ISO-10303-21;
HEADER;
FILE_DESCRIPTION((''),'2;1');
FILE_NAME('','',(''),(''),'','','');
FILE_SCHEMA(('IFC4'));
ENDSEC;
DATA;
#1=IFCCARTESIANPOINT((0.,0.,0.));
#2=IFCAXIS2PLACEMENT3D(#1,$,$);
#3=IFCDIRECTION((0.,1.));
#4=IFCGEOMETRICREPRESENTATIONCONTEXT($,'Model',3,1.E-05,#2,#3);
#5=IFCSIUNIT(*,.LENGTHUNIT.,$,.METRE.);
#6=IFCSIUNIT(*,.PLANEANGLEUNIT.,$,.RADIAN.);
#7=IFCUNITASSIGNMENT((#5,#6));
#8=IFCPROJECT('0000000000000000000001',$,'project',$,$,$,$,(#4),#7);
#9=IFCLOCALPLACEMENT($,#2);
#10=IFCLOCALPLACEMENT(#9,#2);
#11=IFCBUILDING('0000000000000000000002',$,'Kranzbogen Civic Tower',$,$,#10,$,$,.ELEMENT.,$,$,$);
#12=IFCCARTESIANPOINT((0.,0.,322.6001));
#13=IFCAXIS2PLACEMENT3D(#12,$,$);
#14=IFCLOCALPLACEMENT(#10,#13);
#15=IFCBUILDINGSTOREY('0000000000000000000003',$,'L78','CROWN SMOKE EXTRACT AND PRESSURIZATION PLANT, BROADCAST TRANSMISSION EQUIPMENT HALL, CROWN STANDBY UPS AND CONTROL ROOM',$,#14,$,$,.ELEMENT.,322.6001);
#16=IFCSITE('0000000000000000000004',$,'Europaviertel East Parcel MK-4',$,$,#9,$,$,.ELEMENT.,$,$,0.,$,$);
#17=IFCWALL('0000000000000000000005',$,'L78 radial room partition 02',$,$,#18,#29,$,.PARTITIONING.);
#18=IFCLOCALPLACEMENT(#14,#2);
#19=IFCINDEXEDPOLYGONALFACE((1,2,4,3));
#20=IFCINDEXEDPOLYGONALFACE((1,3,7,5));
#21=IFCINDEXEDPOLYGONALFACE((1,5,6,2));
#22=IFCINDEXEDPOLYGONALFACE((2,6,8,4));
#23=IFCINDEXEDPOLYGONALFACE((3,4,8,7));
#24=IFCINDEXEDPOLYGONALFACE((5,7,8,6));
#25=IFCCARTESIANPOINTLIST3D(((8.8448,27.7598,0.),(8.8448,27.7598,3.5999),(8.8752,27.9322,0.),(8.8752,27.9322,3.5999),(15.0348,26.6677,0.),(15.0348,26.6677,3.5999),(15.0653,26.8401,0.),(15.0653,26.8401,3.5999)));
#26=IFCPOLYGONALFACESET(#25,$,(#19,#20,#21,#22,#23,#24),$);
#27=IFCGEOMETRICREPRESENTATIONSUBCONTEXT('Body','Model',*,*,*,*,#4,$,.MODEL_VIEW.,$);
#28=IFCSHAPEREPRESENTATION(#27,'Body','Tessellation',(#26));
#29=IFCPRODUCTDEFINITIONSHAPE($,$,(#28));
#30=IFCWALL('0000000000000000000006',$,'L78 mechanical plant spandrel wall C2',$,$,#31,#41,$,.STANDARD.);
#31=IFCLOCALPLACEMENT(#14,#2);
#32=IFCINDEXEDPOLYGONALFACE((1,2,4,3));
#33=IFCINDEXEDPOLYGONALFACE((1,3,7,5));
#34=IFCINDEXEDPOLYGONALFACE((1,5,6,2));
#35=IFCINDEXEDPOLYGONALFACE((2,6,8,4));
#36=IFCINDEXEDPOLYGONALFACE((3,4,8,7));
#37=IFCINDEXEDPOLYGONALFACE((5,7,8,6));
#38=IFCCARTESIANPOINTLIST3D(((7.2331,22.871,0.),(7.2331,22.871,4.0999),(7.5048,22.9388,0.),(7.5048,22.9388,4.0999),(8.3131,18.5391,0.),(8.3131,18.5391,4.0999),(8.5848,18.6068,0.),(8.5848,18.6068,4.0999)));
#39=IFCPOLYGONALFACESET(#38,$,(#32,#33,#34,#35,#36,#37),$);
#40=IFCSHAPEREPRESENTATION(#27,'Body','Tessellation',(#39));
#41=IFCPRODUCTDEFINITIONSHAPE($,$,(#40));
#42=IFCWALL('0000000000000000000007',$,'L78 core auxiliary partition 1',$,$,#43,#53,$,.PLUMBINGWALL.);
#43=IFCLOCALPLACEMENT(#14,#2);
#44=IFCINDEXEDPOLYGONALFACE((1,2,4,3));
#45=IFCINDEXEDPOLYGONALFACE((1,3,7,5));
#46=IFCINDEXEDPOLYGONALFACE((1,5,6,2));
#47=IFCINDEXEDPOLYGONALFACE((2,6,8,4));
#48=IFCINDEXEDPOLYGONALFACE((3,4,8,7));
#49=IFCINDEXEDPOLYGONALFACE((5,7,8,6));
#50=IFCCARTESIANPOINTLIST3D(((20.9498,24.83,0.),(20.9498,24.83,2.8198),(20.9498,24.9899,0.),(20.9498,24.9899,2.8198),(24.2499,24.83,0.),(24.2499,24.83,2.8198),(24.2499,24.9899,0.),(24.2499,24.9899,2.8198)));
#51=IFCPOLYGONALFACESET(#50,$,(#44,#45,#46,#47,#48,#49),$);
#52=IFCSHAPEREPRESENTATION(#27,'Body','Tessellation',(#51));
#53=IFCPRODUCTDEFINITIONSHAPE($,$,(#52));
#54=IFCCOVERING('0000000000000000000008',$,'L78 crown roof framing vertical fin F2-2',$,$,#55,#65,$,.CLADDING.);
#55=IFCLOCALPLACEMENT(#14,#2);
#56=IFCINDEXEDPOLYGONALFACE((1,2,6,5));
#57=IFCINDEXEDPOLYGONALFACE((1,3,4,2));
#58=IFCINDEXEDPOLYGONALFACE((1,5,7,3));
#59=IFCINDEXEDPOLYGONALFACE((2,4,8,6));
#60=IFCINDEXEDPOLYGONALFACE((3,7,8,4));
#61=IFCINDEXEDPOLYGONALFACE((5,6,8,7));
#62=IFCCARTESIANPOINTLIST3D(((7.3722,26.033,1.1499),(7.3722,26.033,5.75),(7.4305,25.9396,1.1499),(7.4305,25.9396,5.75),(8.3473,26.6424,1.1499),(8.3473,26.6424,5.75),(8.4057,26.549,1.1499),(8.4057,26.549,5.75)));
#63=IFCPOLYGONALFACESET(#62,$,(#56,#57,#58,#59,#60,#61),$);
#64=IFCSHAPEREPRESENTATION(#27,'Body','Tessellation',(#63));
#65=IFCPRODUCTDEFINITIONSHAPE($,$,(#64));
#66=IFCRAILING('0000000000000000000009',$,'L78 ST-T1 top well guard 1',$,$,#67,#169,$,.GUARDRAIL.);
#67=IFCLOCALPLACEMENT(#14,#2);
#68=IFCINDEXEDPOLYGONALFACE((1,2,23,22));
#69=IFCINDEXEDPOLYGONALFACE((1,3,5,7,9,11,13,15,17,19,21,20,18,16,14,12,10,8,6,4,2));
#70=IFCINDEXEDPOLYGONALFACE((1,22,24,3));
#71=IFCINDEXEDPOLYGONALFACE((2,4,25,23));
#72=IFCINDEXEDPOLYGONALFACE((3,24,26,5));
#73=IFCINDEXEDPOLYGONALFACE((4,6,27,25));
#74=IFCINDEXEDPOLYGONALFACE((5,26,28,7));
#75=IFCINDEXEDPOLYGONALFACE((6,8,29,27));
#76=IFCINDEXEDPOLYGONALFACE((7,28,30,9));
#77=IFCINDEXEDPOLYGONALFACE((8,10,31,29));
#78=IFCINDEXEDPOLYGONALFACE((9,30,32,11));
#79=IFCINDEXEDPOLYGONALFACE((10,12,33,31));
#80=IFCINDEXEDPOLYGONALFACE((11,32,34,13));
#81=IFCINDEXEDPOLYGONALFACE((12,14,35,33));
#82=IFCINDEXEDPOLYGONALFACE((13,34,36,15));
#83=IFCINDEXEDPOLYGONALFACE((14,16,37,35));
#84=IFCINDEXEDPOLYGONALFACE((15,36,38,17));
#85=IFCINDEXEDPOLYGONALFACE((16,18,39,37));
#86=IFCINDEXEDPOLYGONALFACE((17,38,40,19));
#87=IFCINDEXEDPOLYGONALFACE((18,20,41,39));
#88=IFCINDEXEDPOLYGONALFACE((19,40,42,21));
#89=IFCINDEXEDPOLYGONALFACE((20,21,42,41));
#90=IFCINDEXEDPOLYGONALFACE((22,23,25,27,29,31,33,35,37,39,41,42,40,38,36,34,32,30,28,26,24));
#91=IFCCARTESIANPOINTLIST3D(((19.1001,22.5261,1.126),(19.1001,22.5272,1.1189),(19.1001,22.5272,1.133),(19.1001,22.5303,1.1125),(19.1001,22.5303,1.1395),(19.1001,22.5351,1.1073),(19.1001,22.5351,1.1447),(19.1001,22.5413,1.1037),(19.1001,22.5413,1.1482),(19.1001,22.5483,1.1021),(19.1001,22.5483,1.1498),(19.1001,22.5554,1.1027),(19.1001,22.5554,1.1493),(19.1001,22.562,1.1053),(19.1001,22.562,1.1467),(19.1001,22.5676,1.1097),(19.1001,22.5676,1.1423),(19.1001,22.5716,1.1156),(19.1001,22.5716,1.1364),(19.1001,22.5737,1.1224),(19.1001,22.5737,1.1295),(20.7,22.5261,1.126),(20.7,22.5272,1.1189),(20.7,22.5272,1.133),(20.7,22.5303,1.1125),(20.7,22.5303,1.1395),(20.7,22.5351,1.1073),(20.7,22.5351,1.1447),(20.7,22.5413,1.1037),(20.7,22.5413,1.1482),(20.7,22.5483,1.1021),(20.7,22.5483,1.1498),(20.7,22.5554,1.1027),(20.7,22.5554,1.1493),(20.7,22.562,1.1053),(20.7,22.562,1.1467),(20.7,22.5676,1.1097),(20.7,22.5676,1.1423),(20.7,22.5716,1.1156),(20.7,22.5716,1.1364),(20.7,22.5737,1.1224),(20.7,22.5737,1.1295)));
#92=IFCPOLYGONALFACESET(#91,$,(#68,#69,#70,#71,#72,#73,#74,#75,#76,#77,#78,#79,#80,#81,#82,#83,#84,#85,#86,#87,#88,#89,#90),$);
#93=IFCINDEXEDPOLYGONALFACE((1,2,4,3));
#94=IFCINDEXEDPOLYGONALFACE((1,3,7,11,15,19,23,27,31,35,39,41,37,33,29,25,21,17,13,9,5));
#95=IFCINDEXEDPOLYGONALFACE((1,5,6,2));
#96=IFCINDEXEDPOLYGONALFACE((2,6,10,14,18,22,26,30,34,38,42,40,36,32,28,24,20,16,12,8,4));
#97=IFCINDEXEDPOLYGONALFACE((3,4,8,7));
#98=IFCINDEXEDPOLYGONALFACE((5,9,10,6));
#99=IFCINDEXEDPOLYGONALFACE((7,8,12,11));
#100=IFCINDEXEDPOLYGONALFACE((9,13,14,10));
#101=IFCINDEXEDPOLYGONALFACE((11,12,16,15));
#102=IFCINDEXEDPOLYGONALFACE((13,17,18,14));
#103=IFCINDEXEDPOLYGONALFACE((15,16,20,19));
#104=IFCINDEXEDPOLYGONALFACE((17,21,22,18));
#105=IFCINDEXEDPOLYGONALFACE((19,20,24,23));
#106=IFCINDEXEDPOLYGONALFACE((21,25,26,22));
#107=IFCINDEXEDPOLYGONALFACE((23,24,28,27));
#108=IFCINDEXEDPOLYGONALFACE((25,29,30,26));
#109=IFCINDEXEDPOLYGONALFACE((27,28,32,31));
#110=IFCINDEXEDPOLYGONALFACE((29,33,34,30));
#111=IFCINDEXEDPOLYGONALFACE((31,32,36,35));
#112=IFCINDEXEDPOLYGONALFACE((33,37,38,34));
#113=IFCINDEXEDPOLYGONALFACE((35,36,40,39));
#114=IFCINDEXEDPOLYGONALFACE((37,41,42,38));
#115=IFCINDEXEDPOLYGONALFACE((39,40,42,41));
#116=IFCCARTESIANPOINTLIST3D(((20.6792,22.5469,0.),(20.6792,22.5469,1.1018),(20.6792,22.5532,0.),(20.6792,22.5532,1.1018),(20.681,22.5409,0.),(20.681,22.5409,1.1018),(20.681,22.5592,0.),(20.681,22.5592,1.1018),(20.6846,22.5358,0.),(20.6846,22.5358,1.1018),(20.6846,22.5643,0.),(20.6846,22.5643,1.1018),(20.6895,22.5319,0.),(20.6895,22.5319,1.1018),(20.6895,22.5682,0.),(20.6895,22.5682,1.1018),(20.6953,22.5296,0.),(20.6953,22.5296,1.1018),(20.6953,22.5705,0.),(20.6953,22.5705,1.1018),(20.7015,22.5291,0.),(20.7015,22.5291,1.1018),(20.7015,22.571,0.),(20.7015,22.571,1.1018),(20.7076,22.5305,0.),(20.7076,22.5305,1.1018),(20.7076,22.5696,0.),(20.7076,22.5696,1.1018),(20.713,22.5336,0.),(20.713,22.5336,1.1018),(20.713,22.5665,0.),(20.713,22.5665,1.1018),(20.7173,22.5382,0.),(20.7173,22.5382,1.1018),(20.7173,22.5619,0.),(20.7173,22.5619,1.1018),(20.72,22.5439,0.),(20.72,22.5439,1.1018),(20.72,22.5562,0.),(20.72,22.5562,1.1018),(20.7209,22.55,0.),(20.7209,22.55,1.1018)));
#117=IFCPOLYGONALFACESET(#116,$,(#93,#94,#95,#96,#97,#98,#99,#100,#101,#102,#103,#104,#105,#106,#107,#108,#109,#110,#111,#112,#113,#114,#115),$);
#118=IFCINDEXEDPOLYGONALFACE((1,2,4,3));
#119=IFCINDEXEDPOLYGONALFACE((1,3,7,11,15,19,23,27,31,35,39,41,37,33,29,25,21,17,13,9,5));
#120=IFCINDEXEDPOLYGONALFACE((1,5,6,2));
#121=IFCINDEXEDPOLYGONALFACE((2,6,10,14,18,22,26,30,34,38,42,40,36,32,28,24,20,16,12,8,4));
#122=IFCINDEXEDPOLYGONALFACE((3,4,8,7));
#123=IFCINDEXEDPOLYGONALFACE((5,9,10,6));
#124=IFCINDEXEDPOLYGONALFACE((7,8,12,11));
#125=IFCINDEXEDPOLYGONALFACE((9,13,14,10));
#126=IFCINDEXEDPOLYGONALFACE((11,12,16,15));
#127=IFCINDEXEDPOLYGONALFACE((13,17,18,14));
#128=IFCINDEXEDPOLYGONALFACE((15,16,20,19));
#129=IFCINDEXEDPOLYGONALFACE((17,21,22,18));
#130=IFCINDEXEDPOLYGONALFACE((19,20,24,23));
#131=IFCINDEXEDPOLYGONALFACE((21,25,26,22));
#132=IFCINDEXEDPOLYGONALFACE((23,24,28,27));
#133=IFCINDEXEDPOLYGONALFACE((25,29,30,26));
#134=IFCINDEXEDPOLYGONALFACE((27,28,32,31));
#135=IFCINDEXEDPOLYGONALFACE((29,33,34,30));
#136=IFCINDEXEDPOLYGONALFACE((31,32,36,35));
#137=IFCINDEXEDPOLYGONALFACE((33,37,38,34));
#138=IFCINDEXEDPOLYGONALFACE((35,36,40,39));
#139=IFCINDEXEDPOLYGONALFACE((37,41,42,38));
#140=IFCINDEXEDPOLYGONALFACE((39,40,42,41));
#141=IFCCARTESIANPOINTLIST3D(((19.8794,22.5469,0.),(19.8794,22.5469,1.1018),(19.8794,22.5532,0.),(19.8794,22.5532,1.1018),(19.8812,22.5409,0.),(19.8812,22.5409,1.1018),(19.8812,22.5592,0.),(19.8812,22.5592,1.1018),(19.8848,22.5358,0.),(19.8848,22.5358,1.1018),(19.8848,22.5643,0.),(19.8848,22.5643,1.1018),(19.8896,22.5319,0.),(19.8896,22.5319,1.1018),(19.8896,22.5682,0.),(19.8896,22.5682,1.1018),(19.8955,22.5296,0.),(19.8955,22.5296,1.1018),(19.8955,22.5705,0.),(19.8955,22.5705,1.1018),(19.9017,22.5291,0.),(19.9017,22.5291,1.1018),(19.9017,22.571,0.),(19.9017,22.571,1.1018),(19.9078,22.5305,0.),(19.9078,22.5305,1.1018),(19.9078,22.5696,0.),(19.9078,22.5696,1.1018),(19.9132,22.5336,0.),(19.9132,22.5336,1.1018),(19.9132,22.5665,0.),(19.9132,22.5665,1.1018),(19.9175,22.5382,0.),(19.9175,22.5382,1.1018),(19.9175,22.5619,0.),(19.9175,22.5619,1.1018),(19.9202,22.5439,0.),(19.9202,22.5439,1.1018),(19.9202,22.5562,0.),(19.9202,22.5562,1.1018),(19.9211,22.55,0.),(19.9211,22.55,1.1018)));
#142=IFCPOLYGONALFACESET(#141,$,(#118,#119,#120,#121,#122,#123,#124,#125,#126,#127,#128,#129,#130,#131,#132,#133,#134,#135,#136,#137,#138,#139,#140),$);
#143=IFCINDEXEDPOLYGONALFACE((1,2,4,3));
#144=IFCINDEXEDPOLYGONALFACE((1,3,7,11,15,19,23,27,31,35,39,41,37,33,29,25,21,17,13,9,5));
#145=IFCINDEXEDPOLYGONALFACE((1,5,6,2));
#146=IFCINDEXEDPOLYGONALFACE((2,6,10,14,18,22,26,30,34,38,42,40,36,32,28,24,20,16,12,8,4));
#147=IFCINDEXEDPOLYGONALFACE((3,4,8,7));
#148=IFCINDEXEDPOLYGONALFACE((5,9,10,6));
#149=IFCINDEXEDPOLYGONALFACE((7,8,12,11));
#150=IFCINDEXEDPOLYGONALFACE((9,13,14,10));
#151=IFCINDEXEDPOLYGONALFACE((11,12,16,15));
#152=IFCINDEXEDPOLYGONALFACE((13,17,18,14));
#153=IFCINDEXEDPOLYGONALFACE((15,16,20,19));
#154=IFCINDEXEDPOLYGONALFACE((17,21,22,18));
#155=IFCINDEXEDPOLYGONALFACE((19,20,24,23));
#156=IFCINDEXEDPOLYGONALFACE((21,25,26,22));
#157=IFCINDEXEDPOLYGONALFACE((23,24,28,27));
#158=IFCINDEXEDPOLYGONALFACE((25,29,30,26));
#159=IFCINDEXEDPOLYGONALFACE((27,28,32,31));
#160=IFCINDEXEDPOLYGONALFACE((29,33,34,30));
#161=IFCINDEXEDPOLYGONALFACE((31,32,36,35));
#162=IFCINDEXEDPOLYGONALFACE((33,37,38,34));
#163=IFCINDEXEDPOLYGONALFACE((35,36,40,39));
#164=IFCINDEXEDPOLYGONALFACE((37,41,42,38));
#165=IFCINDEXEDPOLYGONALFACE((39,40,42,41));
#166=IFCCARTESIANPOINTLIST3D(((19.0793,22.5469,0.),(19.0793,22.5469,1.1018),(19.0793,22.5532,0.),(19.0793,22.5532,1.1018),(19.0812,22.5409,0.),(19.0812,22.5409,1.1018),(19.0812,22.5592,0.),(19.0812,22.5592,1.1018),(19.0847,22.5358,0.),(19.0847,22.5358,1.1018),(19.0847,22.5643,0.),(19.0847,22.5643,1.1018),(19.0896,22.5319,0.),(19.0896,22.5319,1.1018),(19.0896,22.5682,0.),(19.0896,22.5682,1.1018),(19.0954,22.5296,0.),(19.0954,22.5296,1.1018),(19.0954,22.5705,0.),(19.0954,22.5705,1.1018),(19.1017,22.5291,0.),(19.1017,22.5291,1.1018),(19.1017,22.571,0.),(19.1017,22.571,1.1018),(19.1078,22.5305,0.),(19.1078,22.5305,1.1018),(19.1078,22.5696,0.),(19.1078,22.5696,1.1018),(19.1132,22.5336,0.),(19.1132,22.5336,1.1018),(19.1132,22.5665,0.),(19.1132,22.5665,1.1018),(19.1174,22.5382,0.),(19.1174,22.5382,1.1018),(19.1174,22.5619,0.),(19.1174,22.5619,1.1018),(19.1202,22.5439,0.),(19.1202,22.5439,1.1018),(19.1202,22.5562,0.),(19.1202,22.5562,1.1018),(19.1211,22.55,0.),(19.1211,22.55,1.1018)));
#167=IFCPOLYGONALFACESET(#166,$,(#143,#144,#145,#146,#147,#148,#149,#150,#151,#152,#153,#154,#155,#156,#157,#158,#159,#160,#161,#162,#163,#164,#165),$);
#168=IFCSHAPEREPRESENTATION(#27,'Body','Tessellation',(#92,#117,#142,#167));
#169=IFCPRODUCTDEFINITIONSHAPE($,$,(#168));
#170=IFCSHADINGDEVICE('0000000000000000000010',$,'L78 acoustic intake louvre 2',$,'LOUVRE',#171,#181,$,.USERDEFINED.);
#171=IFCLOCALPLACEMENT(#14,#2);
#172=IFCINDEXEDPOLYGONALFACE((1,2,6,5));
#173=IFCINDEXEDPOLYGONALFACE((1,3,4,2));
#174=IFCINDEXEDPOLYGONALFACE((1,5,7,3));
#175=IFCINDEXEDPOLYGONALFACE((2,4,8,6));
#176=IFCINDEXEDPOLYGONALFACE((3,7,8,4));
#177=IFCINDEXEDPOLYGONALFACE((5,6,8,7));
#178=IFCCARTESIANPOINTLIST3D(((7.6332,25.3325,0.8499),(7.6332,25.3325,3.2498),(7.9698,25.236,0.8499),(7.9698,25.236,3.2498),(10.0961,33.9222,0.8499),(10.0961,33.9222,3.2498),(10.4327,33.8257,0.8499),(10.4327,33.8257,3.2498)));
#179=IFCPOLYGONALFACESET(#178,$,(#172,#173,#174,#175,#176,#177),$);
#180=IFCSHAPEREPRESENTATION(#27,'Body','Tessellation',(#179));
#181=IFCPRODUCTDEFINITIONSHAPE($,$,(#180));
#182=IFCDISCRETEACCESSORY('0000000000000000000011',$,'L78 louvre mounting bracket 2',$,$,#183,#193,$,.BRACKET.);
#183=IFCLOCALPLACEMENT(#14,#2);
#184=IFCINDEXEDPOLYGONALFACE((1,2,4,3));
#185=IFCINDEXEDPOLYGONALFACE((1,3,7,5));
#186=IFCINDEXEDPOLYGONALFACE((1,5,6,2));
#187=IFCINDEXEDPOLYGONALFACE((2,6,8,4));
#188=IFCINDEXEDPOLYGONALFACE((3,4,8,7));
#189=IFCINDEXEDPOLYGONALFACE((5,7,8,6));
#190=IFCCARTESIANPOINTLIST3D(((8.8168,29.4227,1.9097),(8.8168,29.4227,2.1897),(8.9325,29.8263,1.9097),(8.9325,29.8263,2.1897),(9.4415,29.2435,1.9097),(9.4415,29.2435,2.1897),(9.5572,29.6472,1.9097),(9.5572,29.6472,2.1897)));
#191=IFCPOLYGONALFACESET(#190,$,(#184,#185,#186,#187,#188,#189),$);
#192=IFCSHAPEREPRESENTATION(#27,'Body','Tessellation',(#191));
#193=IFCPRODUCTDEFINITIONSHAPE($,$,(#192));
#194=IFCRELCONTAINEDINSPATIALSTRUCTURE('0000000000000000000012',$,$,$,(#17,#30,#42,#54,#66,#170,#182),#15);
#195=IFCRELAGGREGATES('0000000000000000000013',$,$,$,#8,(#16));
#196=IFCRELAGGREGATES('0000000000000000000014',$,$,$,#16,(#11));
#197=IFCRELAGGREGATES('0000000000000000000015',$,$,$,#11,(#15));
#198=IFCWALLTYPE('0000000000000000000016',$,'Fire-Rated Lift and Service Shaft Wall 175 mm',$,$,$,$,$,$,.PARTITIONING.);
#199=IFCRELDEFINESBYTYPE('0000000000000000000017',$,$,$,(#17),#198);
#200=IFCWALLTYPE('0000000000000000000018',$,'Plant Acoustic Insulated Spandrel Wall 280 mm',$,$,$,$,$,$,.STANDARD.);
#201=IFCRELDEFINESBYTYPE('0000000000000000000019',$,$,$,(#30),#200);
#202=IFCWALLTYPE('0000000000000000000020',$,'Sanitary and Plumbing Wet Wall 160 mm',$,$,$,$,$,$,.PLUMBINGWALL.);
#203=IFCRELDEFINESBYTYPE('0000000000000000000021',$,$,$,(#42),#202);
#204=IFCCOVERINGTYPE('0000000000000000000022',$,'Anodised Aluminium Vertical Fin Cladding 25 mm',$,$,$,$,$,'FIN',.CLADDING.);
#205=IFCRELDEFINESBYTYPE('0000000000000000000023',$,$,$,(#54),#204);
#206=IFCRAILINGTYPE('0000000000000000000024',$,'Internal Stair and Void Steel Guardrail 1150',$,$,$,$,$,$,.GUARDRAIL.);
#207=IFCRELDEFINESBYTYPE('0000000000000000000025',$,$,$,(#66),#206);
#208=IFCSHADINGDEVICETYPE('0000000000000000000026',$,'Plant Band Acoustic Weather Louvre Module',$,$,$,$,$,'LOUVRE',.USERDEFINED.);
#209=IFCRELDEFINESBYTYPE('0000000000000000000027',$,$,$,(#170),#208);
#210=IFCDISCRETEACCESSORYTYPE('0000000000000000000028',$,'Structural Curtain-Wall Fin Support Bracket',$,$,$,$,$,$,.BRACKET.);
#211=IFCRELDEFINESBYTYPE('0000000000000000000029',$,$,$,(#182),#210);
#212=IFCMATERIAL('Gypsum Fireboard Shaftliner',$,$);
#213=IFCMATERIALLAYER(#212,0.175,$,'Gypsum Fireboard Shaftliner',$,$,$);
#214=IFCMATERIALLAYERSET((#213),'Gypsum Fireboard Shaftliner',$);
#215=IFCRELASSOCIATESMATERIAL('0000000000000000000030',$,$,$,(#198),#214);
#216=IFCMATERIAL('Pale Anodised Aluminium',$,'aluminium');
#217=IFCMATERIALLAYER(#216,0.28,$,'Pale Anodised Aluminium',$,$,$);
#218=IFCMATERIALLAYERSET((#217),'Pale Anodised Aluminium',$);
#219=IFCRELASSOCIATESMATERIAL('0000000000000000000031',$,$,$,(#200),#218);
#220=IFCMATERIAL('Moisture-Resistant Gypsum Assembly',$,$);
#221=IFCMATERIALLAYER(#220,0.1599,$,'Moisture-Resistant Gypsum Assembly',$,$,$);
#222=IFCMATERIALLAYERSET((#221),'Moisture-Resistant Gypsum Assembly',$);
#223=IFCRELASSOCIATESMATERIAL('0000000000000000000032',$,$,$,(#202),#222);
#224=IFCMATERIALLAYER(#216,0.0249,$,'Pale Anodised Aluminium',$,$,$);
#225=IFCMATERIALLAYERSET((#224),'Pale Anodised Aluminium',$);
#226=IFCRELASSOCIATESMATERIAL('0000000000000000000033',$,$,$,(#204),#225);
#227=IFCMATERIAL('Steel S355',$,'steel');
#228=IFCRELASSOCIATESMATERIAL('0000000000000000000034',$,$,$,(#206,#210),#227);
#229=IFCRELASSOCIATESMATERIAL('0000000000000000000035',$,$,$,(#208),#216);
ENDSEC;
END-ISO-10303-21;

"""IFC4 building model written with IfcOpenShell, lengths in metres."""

from ifc_helpers import new_model, si_unit, direction, frame, frame_2d, origin, origin_2d, place, context, subcontext, project, spatial, rectangle, circle, extrude, material, layer, layer_set, type_object, element, save


model = new_model("IFC4")

# Units and contexts
model_context = context("Model", 3, precision=1e-05, world=origin(), true_north=direction((0.0, 1.0)))
body_context = subcontext(model_context, "Body", "Model", "MODEL_VIEW")
ifc_project = project(units=[si_unit("LENGTHUNIT", "METRE"), si_unit("PLANEANGLEUNIT", "RADIAN")], contexts=[model_context])

# Site, building, storey
site_placement = place(None, origin())
site = spatial("IfcSite", under=ifc_project, at=site_placement, Name="Europaviertel East Parcel MK-4", CompositionType="ELEMENT", RefElevation=0.0)
building_placement = place(site_placement, origin())
building = spatial("IfcBuilding", under=site, at=building_placement, Name="Kranzbogen Civic Tower", CompositionType="ELEMENT")
storey_placement = place(building_placement, frame((0.0, 0.0, 322.6001)))
storey = spatial("IfcBuildingStorey", under=building, at=storey_placement, Name="L78", Description="CROWN SMOKE EXTRACT AND PRESSURIZATION PLANT, BROADCAST TRANSMISSION EQUIPMENT HALL, CROWN STANDBY UPS AND CONTROL ROOM", CompositionType="ELEMENT", Elevation=322.6001)

# Shared definitions
ifc_material_1 = material(Name="Steel S355", Category="steel")

# Walls
ifc_material_2 = material(Name="Gypsum Fireboard Shaftliner")
ifc_layer_1 = layer(ifc_material_2, 0.175, Name="Gypsum Fireboard Shaftliner")
ifc_layer_set_1 = layer_set([ifc_layer_1], Name="Gypsum Fireboard Shaftliner")
wall_type_1 = type_object("IfcWallType", Name="Fire-Rated Lift and Service Shaft Wall 175 mm", PredefinedType="PARTITIONING", material=ifc_layer_set_1)
wall_1_placement = place(storey_placement, frame((15.05, 26.7539, 0.0), z_axis=(0.0, 0.0, 1.0), x_axis=(-0.984792, 0.173739, 0.0)))
element("IfcWall", 1, at=wall_1_placement, inside=storey, type_object=wall_type_1, Name="L78 radial room partition 02", PredefinedType="PARTITIONING", context=body_context, shape_type="SweptSolid", body=[
    extrude(rectangle(XDim=6.2856, YDim=0.175, at=frame_2d((3.1428, 0.0))), origin(), (0.0, 0.0, 1.0), 3.5999),
])
ifc_material_3 = material(Name="Pale Anodised Aluminium", Category="aluminium")
ifc_layer_2 = layer(ifc_material_3, 0.28, Name="Pale Anodised Aluminium")
ifc_layer_set_2 = layer_set([ifc_layer_2], Name="Pale Anodised Aluminium")
wall_type_2 = type_object("IfcWallType", Name="Plant Acoustic Insulated Spandrel Wall 280 mm", PredefinedType="STANDARD", material=ifc_layer_set_2)
wall_2_placement = place(storey_placement, frame((7.3689, 22.905, 0.0), z_axis=(0.0, 0.0, 1.0), x_axis=(0.241918, -0.970297, 0.0)))
element("IfcWall", 2, at=wall_2_placement, inside=storey, type_object=wall_type_2, Name="L78 mechanical plant spandrel wall C2", PredefinedType="STANDARD", context=body_context, shape_type="SweptSolid", body=[
    extrude(rectangle(XDim=4.4646, YDim=0.28, at=frame_2d((2.2324, 0.0))), origin(), (0.0, 0.0, 1.0), 4.0999),
])
ifc_material_4 = material(Name="Moisture-Resistant Gypsum Assembly")
ifc_layer_3 = layer(ifc_material_4, 0.1599, Name="Moisture-Resistant Gypsum Assembly")
ifc_layer_set_3 = layer_set([ifc_layer_3], Name="Moisture-Resistant Gypsum Assembly")
wall_type_3 = type_object("IfcWallType", Name="Sanitary and Plumbing Wet Wall 160 mm", PredefinedType="PLUMBINGWALL", material=ifc_layer_set_3)
wall_3_placement = place(storey_placement, frame((20.95, 24.9099, 0.0), z_axis=(0.0, 0.0, 1.0), x_axis=(1.0, 0.0, 0.0)))
element("IfcWall", 3, at=wall_3_placement, inside=storey, type_object=wall_type_3, Name="L78 core auxiliary partition 1", PredefinedType="PLUMBINGWALL", context=body_context, shape_type="SweptSolid", body=[
    extrude(rectangle(XDim=3.3, YDim=0.1599, at=frame_2d((1.6499, 0.0))), origin(), (0.0, 0.0, 1.0), 2.8198),
])

# Covering
ifc_layer_4 = layer(ifc_material_3, 0.0249, Name="Pale Anodised Aluminium")
ifc_layer_set_4 = layer_set([ifc_layer_4], Name="Pale Anodised Aluminium")
covering_type = type_object("IfcCoveringType", Name="Anodised Aluminium Vertical Fin Cladding 25 mm", ElementType="FIN", PredefinedType="CLADDING", material=ifc_layer_set_4)
covering_placement = place(storey_placement, frame((7.8889, 26.291, 1.1499), z_axis=(0.0, 0.0, 1.0), x_axis=(-0.848048, -0.529919, 0.0)))
element("IfcCovering", 4, at=covering_placement, inside=storey, type_object=covering_type, Name="L78 crown roof framing vertical fin F2-2", PredefinedType="CLADDING", context=body_context, shape_type="SweptSolid", body=[
    extrude(rectangle(XDim=1.1499, YDim=0.1101, at=origin_2d()), origin(), (0.0, 0.0, 1.0), 4.6001),
])

# Railing
railing_type = type_object("IfcRailingType", Name="Internal Stair and Void Steel Guardrail 1150", PredefinedType="GUARDRAIL", material=ifc_material_1)
railing_placement = place(storey_placement, frame((20.7, 22.55, 0.0)))
element("IfcRailing", 5, at=railing_placement, inside=storey, type_object=railing_type, Name="L78 ST-T1 top well guard 1", PredefinedType="GUARDRAIL", context=body_context, shape_type="SweptSolid", body=[
    extrude(circle(Radius=0.0239, at=origin_2d()), frame((0.0, 0.0, 1.126), z_axis=(-1.0, 0.0, 0.0), x_axis=(0.0, -1.0, 0.0)), (0.0, 0.0, 1.0), 1.5999),
    extrude(circle(Radius=0.021, at=origin_2d()), origin(), (0.0, 0.0, 1.0), 1.1018),
    extrude(circle(Radius=0.021, at=origin_2d()), frame((-0.7998, 0.0, 0.0)), (0.0, 0.0, 1.0), 1.1018),
    extrude(circle(Radius=0.021, at=origin_2d()), frame((-1.5999, 0.0, 0.0)), (0.0, 0.0, 1.0), 1.1018),
])

# Shading device
shading_device_type = type_object("IfcShadingDeviceType", Name="Plant Band Acoustic Weather Louvre Module", ElementType="LOUVRE", PredefinedType="USERDEFINED", material=ifc_material_3)
shading_device_placement = place(storey_placement, frame((9.033, 29.5791, 0.8499), z_axis=(0.0, 0.0, 1.0), x_axis=(-0.275621, -0.961267, 0.0)))
element("IfcShadingDevice", 6, at=shading_device_placement, inside=storey, type_object=shading_device_type, Name="L78 acoustic intake louvre 2", ObjectType="LOUVRE", PredefinedType="USERDEFINED", context=body_context, shape_type="SweptSolid", body=[
    extrude(rectangle(XDim=8.9358, YDim=0.3501, at=origin_2d()), origin(), (0.0, 0.0, 1.0), 2.3999),
])

# Discrete accessory
discrete_accessory_type = type_object("IfcDiscreteAccessoryType", Name="Structural Curtain-Wall Fin Support Bracket", PredefinedType="BRACKET", material=ifc_material_1)
discrete_accessory_placement = place(storey_placement, frame((9.187, 29.5349, 1.9097), z_axis=(0.0, 0.0, 1.0), x_axis=(-0.961262, 0.275637, 0.0)))
element("IfcDiscreteAccessory", 7, at=discrete_accessory_placement, inside=storey, type_object=discrete_accessory_type, Name="L78 louvre mounting bracket 2", PredefinedType="BRACKET", context=body_context, shape_type="SweptSolid", body=[
    extrude(rectangle(XDim=0.6499, YDim=0.4199, at=origin_2d()), origin(), (0.0, 0.0, 1.0), 0.28),
])

save(model, "model.ifc")
